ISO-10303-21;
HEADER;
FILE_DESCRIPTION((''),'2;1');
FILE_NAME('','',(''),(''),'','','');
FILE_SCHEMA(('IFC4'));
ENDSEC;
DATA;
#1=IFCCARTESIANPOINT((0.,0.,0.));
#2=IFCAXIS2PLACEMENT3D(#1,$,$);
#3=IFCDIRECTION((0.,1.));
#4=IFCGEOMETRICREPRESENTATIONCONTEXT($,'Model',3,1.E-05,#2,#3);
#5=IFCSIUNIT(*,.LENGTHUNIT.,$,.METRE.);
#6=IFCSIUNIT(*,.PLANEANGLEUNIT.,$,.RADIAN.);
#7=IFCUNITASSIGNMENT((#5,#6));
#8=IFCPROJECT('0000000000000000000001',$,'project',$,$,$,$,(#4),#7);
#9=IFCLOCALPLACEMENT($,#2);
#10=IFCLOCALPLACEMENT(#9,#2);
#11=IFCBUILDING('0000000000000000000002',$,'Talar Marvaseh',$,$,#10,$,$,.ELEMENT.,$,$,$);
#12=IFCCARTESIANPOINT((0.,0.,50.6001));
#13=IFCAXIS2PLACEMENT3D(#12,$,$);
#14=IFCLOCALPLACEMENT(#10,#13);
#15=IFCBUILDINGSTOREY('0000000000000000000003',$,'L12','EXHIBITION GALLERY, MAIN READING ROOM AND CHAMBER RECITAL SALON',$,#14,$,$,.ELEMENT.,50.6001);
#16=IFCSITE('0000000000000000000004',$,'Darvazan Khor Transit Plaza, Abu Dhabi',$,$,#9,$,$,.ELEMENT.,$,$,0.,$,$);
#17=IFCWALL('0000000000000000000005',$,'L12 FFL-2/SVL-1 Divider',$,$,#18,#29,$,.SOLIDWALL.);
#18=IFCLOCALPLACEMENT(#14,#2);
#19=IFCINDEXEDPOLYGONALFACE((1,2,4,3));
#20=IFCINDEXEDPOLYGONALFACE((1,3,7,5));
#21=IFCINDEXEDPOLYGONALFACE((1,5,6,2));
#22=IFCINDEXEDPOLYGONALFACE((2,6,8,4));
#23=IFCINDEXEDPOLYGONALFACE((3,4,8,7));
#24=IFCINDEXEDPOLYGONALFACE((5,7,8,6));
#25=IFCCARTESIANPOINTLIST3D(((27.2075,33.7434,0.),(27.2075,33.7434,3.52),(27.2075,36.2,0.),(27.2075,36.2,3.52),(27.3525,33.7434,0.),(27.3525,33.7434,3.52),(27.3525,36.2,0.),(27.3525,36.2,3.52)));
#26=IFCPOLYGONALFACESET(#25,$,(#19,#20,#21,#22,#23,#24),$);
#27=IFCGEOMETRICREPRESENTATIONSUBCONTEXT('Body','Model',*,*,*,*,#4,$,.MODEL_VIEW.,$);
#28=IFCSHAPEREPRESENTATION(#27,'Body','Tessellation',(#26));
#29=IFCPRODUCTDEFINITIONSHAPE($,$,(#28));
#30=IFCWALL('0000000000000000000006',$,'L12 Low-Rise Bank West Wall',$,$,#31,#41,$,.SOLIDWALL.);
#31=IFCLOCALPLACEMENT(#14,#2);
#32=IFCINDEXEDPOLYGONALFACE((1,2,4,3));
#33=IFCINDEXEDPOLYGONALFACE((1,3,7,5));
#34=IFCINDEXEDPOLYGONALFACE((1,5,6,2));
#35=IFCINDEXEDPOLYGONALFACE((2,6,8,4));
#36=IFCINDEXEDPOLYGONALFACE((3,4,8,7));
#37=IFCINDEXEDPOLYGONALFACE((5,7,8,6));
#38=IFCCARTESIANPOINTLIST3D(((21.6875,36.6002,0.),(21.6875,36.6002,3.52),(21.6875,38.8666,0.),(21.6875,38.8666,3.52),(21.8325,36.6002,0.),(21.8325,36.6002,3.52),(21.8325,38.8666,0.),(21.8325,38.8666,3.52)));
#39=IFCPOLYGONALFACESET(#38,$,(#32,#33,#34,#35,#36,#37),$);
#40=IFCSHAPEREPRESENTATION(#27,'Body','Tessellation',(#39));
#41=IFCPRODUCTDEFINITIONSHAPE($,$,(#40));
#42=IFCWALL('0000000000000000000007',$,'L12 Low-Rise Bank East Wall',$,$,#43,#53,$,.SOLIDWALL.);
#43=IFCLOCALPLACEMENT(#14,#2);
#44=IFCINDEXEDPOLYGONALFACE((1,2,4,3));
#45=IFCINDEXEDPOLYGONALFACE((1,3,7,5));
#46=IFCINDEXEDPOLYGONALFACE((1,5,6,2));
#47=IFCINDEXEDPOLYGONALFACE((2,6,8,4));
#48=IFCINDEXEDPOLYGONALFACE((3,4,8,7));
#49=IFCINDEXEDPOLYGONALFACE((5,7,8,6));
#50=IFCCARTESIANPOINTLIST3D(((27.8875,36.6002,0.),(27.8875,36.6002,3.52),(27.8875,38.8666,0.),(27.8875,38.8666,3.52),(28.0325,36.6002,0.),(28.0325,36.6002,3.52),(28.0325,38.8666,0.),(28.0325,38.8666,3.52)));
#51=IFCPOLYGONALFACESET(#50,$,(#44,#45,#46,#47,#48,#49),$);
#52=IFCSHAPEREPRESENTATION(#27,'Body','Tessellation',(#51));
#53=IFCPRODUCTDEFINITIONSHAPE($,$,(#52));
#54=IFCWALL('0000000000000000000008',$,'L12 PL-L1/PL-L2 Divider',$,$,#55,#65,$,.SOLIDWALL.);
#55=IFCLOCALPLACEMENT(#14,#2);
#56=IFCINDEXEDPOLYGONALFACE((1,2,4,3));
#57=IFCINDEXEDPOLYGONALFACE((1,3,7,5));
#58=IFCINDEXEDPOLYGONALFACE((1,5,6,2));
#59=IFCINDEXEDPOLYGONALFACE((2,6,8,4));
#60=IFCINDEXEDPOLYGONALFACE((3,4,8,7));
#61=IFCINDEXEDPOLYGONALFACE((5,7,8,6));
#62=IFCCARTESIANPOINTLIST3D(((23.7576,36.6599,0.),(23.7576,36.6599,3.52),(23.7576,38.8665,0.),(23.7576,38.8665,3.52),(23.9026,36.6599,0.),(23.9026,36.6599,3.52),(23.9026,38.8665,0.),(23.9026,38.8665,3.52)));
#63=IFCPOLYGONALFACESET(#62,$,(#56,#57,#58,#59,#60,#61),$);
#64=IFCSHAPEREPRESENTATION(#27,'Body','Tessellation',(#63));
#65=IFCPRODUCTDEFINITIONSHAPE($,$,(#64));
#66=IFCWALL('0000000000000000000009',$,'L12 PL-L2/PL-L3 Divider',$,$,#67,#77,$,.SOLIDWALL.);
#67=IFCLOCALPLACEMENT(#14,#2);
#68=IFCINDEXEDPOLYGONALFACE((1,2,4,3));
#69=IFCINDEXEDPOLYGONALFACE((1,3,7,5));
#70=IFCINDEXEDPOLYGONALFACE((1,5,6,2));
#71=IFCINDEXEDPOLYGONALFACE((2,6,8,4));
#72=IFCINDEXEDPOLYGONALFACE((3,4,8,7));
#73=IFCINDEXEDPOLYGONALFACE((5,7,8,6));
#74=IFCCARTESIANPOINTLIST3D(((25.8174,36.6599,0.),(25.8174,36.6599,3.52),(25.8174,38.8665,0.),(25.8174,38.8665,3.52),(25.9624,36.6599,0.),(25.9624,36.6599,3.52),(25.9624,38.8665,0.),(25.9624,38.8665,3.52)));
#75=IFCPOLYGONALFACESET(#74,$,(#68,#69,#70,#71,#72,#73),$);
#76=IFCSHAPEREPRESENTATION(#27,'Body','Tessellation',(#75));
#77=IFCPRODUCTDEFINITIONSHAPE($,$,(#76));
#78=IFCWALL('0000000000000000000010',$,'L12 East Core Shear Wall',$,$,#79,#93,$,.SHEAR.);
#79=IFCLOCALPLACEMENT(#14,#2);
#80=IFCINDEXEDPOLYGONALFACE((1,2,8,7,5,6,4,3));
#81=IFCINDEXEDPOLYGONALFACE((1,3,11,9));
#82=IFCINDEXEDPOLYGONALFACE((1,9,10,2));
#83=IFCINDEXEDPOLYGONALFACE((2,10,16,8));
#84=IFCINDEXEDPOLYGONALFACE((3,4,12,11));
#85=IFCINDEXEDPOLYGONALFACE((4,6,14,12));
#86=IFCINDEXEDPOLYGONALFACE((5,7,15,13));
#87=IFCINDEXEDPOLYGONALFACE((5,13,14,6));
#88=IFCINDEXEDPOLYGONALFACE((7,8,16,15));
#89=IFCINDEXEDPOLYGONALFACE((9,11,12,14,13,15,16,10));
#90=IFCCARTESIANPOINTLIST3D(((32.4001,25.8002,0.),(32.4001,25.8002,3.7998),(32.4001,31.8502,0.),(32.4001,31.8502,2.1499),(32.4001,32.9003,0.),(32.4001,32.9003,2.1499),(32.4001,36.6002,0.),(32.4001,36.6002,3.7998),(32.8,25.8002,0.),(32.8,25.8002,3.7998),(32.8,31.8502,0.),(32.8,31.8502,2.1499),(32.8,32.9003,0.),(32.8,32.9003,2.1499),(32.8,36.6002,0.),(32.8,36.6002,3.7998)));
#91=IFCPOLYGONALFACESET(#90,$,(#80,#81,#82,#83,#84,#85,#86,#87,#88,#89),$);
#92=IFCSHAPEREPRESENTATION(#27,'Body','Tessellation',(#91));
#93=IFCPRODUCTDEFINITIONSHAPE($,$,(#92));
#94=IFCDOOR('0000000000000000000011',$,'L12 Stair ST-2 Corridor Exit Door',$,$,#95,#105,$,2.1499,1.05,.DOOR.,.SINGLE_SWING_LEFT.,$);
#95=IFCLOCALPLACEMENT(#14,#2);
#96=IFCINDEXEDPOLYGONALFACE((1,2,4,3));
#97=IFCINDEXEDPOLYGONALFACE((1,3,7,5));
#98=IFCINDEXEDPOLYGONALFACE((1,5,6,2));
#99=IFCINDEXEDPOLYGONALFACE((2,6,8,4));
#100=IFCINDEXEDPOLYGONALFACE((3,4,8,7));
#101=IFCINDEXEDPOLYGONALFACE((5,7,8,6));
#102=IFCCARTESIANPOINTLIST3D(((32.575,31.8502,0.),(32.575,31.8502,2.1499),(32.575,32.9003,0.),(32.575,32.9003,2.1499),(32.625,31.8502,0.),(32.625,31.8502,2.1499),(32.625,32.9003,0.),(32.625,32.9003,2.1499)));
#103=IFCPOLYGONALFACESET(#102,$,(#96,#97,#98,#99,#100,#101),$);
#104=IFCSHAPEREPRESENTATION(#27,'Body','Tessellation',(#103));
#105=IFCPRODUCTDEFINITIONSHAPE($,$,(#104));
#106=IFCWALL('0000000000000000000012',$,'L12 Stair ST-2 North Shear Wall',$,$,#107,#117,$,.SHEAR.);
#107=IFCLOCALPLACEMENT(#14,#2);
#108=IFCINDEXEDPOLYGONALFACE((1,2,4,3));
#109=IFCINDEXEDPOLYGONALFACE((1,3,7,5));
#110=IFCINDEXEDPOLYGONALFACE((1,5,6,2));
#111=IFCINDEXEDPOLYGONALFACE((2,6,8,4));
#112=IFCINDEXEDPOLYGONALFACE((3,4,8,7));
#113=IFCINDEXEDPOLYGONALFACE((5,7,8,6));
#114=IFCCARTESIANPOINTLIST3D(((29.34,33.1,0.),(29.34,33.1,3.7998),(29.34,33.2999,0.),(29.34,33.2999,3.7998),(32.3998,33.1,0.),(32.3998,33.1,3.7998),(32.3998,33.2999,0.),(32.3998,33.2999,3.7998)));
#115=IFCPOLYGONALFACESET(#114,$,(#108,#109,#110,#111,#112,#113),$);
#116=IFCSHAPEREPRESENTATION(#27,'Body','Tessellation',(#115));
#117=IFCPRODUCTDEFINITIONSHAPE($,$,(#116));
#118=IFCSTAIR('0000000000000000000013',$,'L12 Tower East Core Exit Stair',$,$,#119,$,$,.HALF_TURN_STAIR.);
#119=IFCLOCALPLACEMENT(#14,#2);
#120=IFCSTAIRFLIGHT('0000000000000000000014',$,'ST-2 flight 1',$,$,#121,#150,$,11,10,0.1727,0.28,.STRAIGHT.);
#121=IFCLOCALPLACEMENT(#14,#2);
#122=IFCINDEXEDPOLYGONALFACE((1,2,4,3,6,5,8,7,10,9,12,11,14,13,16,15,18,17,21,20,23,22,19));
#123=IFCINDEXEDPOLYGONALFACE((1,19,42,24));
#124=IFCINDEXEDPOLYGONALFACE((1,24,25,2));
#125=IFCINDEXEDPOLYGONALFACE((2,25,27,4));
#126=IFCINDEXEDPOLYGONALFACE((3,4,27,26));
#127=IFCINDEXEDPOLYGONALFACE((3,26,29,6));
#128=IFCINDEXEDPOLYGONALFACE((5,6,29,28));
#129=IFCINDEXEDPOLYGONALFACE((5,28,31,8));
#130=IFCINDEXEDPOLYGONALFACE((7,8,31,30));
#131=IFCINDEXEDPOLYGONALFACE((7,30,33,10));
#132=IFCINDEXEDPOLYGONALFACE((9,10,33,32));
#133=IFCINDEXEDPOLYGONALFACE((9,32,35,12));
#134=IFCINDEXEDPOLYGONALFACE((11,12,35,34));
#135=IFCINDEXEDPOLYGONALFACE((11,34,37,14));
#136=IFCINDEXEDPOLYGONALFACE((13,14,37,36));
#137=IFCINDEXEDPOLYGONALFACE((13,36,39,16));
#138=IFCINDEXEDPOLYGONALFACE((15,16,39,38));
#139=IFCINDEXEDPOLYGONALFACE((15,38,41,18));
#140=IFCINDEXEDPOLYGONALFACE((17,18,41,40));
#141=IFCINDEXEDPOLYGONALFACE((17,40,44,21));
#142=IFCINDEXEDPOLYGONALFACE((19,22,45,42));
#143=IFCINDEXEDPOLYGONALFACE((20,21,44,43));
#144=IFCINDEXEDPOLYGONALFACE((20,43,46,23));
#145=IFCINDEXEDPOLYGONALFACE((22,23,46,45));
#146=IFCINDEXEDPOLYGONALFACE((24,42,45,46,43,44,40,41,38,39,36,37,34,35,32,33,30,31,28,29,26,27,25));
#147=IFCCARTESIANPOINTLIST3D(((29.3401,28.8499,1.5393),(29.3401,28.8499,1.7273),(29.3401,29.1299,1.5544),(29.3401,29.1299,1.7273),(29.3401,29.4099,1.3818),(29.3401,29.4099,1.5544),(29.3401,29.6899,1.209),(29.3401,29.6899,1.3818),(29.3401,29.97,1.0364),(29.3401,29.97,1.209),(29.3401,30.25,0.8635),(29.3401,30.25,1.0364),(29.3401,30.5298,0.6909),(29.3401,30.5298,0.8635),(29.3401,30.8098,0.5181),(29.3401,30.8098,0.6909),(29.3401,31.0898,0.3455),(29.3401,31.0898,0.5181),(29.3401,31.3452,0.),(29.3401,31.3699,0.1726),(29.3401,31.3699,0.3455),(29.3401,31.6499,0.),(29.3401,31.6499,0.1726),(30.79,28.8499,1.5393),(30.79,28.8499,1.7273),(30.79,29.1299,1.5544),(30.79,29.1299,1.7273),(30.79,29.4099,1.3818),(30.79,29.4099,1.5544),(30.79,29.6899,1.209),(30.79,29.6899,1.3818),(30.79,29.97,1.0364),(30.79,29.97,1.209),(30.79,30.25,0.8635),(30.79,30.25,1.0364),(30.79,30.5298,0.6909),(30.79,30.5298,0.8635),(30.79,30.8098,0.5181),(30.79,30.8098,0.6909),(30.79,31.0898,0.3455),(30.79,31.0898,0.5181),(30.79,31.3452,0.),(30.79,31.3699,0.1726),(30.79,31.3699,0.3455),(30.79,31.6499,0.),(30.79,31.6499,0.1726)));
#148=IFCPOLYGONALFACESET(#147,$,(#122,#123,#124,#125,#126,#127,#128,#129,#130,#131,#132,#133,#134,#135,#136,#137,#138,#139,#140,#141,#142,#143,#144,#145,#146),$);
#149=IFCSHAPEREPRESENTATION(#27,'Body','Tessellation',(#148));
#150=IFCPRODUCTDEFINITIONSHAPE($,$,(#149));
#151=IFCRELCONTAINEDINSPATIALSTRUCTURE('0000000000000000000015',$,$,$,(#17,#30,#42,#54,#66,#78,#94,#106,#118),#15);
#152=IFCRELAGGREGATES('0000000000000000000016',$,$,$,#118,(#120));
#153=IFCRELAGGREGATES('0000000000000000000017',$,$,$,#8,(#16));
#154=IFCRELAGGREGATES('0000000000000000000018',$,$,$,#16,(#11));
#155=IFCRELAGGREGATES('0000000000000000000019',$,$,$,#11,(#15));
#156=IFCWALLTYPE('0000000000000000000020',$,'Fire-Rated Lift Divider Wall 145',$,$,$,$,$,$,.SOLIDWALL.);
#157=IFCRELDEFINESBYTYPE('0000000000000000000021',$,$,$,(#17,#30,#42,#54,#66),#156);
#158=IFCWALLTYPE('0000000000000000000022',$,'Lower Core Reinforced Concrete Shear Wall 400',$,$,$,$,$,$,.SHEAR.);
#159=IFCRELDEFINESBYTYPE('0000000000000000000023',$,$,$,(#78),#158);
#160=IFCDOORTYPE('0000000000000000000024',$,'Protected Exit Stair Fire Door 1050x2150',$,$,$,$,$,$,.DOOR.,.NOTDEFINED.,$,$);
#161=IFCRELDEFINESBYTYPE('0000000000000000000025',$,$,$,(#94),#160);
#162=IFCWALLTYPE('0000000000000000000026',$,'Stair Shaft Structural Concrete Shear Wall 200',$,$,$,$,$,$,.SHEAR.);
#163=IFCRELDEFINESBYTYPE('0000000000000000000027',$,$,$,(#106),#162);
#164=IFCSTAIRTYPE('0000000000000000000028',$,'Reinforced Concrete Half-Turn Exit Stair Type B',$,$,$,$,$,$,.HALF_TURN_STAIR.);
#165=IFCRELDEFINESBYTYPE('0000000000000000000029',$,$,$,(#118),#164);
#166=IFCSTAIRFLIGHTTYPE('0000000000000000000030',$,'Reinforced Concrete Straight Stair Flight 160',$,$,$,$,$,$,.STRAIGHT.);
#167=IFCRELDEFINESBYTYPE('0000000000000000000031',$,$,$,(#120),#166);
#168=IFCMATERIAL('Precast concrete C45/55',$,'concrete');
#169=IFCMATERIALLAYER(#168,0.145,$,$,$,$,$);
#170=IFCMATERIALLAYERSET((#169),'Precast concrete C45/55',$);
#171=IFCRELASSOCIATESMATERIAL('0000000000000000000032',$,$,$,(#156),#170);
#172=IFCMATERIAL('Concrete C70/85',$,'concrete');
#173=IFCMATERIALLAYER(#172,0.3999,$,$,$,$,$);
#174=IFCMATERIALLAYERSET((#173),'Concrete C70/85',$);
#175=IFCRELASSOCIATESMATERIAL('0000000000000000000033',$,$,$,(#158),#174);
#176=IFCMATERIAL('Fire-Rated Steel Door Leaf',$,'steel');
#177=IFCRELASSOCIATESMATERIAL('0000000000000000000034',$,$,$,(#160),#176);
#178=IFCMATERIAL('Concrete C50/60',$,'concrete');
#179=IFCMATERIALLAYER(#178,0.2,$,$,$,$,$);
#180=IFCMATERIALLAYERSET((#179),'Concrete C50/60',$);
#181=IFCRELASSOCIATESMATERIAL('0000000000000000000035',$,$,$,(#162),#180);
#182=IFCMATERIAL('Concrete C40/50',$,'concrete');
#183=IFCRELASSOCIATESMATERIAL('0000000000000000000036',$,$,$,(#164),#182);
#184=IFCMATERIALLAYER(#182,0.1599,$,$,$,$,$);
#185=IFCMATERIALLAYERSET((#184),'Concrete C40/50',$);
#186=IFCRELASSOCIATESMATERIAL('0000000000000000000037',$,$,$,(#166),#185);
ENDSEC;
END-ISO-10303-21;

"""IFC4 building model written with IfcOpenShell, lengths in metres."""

from ifc_helpers import new_model, si_unit, direction, frame, frame_2d, origin, place, context, subcontext, project, spatial, polyline, rectangle, outline, extrude, source, transform, mapped, material, layer, layer_set, type_object, type_shapes, element, fill, aggregate, save


model = new_model("IFC4")

# Units and contexts
model_context = context("Model", 3, precision=1e-05, world=origin(), true_north=direction((0.0, 1.0)))
body_context = subcontext(model_context, "Body", "Model", "MODEL_VIEW")
ifc_project = project(units=[si_unit("LENGTHUNIT", "METRE"), si_unit("PLANEANGLEUNIT", "RADIAN")], contexts=[model_context])

# Site, building, storey
site_placement = place(None, origin())
site = spatial("IfcSite", under=ifc_project, at=site_placement, Name="Darvazan Khor Transit Plaza, Abu Dhabi", CompositionType="ELEMENT", RefElevation=0.0)
building_placement = place(site_placement, origin())
building = spatial("IfcBuilding", under=site, at=building_placement, Name="Talar Marvaseh", CompositionType="ELEMENT")
storey_placement = place(building_placement, frame((0.0, 0.0, 50.6001)))
storey = spatial("IfcBuildingStorey", under=building, at=storey_placement, Name="L12", Description="EXHIBITION GALLERY, MAIN READING ROOM AND CHAMBER RECITAL SALON", CompositionType="ELEMENT", Elevation=50.6001)

# Shared definitions
ifc_material_1 = material(Name="Concrete C70/85", Category="concrete")

# Shared definitions
ifc_material_2 = material(Name="Concrete C40/50", Category="concrete")

# Walls
ifc_material_3 = material(Name="Precast concrete C45/55", Category="concrete")
ifc_layer_1 = layer(ifc_material_3, 0.145)
ifc_layer_set_1 = layer_set([ifc_layer_1], Name="Precast concrete C45/55")
wall_type_1 = type_object("IfcWallType", Name="Fire-Rated Lift Divider Wall 145", PredefinedType="SOLIDWALL", material=ifc_layer_set_1)
for number, where, z_axis, x_axis, name in (
    (1, (27.28, 33.7434, 0.0), (0.0, 0.0, 1.0), (0.0, 1.0, 0.0), "L12 FFL-2/SVL-1 Divider"),
):
    element("IfcWall", number, at=place(storey_placement, frame(where, z_axis=z_axis, x_axis=x_axis)), inside=storey, type_object=wall_type_1, Name=name, PredefinedType="SOLIDWALL", context=body_context, shape_type="SweptSolid", body=[
        extrude(rectangle(XDim=2.4565, YDim=0.145, at=frame_2d((1.2283, 0.0))), origin(), (0.0, 0.0, 1.0), 3.52),
    ])
for number, where, z_axis, x_axis, name in (
    (2, (21.76, 36.6001, 0.0), (0.0, 0.0, 1.0), (0.0, 1.0, 0.0), "L12 Low-Rise Bank West Wall"),
    (3, (27.96, 36.6001, 0.0), (0.0, 0.0, 1.0), (0.0, 1.0, 0.0), "L12 Low-Rise Bank East Wall"),
):
    element("IfcWall", number, at=place(storey_placement, frame(where, z_axis=z_axis, x_axis=x_axis)), inside=storey, type_object=wall_type_1, Name=name, PredefinedType="SOLIDWALL", context=body_context, shape_type="SweptSolid", body=[
        extrude(rectangle(XDim=2.2664, YDim=0.145, at=frame_2d((1.1333, 0.0))), origin(), (0.0, 0.0, 1.0), 3.52),
    ])
for number, where, z_axis, x_axis, name in (
    (4, (23.8301, 36.6599, 0.0), (0.0, 0.0, 1.0), (0.0, 1.0, 0.0), "L12 PL-L1/PL-L2 Divider"),
    (5, (25.8899, 36.6599, 0.0), (0.0, 0.0, 1.0), (0.0, 1.0, 0.0), "L12 PL-L2/PL-L3 Divider"),
):
    element("IfcWall", number, at=place(storey_placement, frame(where, z_axis=z_axis, x_axis=x_axis)), inside=storey, type_object=wall_type_1, Name=name, PredefinedType="SOLIDWALL", context=body_context, shape_type="SweptSolid", body=[
        extrude(rectangle(XDim=2.2065, YDim=0.145, at=frame_2d((1.1033, 0.0))), origin(), (0.0, 0.0, 1.0), 3.52),
    ])

# Wall, opening, door
ifc_layer_2 = layer(ifc_material_1, 0.3999)
ifc_layer_set_2 = layer_set([ifc_layer_2], Name="Concrete C70/85")
wall_type_2 = type_object("IfcWallType", Name="Lower Core Reinforced Concrete Shear Wall 400", PredefinedType="SHEAR", material=ifc_layer_set_2)
wall_1_placement = place(storey_placement, frame((32.6001, 36.6001, 0.0), z_axis=(0.0, 0.0, 1.0), x_axis=(0.0, -1.0, 0.0)))
wall_1 = element("IfcWall", 6, at=wall_1_placement, inside=storey, type_object=wall_type_2, Name="L12 East Core Shear Wall", PredefinedType="SHEAR", context=body_context, shape_type="SweptSolid", body=[
    extrude(rectangle(XDim=10.8, YDim=0.3999, at=frame_2d((5.3999, 0.0))), origin(), (0.0, 0.0, 1.0), 3.7998),
])
opening_1_placement = place(wall_1_placement, frame((3.7, 0.0, 0.0)))
opening_1 = element("IfcOpeningElement", 7, at=opening_1_placement, cuts=wall_1, PredefinedType="OPENING", context=body_context, shape_type="SweptSolid", body=[
    extrude(rectangle(XDim=1.05, YDim=2.1499, at=frame_2d((0.5249, 1.075))), frame((0.0, 0.21, 0.0), z_axis=(0.0, -1.0, 0.0), x_axis=(1.0, 0.0, 0.0)), (0.0, 0.0, 1.0), 0.4199),
])
ifc_material_4 = material(Name="Fire-Rated Steel Door Leaf", Category="steel")
door_type_1 = type_object("IfcDoorType", Name="Protected Exit Stair Fire Door 1050x2150", OperationType="NOTDEFINED", PredefinedType="DOOR", material=ifc_material_4)
shared_shape_1 = source(origin(), body_context, "Body", "SweptSolid", [
    extrude(rectangle(XDim=1.05, YDim=2.1499, at=frame_2d((0.5249, 1.075))), frame((0.0, 0.0249, 0.0), z_axis=(0.0, -1.0, 0.0), x_axis=(1.0, 0.0, 0.0)), (0.0, 0.0, 1.0), 0.05),
])
type_shapes(door_type_1, [shared_shape_1])
door_1_placement = place(opening_1_placement, origin())
door_1 = element("IfcDoor", 8, at=door_1_placement, inside=storey, type_object=door_type_1, Name="L12 Stair ST-2 Corridor Exit Door", OperationType="SINGLE_SWING_LEFT", OverallHeight=2.1499, OverallWidth=1.05, PredefinedType="DOOR", context=body_context, shape_type="MappedRepresentation", body=[
    mapped(shared_shape_1, transform((0.0, 0.0, 0.0), x_axis=(1.0, 0.0, 0.0), y_axis=(0.0, 1.0, 0.0), z_axis=(0.0, 0.0, 1.0), scale=1.0)),
])
fill(opening_1, door_1)

# Wall
ifc_material_5 = material(Name="Concrete C50/60", Category="concrete")
ifc_layer_3 = layer(ifc_material_5, 0.2)
ifc_layer_set_3 = layer_set([ifc_layer_3], Name="Concrete C50/60")
wall_type_3 = type_object("IfcWallType", Name="Stair Shaft Structural Concrete Shear Wall 200", PredefinedType="SHEAR", material=ifc_layer_set_3)
wall_2_placement = place(storey_placement, frame((29.3401, 33.2, 0.0), z_axis=(0.0, 0.0, 1.0), x_axis=(1.0, 0.0, 0.0)))
element("IfcWall", 9, at=wall_2_placement, inside=storey, type_object=wall_type_3, Name="L12 Stair ST-2 North Shear Wall", PredefinedType="SHEAR", context=body_context, shape_type="SweptSolid", body=[
    extrude(rectangle(XDim=3.0598, YDim=0.2, at=frame_2d((1.5298, 0.0))), origin(), (0.0, 0.0, 1.0), 3.7998),
])

# Stair, stair flight
stair_type = type_object("IfcStairType", Name="Reinforced Concrete Half-Turn Exit Stair Type B", PredefinedType="HALF_TURN_STAIR", material=ifc_material_2)
stair_placement = place(storey_placement, origin())
stair = element("IfcStair", 10, at=stair_placement, inside=storey, type_object=stair_type, Name="L12 Tower East Core Exit Stair", PredefinedType="HALF_TURN_STAIR")
ifc_layer_4 = layer(ifc_material_2, 0.1599)
ifc_layer_set_4 = layer_set([ifc_layer_4], Name="Concrete C40/50")
stair_flight_type = type_object("IfcStairFlightType", Name="Reinforced Concrete Straight Stair Flight 160", PredefinedType="STRAIGHT", material=ifc_layer_set_4)
stair_flight_placement = place(storey_placement, frame((30.0649, 31.6499, 0.0), z_axis=(0.0, 0.0, 1.0), x_axis=(0.0, -1.0, 0.0)))
stair_flight = element("IfcStairFlight", 11, at=stair_flight_placement, type_object=stair_flight_type, Name="ST-2 flight 1", NumberOfRisers=11, NumberOfTreads=10, PredefinedType="STRAIGHT", RiserHeight=0.1727, TreadLength=0.28, context=body_context, shape_type="SweptSolid", body=[
    extrude(outline(polyline([(0.0, 0.0), (0.0, 0.1726), (0.28, 0.1726), (0.28, 0.3455), (0.5601, 0.3455), (0.5601, 0.5181), (0.8401, 0.5181), (0.8401, 0.6909), (1.1201, 0.6909), (1.1201, 0.8635), (1.3999, 0.8635), (1.3999, 1.0364), (1.6799, 1.0364), (1.6799, 1.209), (1.96, 1.209), (1.96, 1.3818), (2.24, 1.3818), (2.24, 1.5544), (2.52, 1.5544), (2.52, 1.7273), (2.8, 1.7273), (2.8, 1.8999), (2.8, 1.5393), (0.3047, 0.0), (0.0, 0.0)])), frame((0.0, 0.7251, 0.0), z_axis=(0.0, -1.0, 0.0), x_axis=(1.0, 0.0, 0.0)), (0.0, 0.0, 1.0), 1.45),
])
aggregate(stair, [stair_flight])

save(model, "model.ifc")
